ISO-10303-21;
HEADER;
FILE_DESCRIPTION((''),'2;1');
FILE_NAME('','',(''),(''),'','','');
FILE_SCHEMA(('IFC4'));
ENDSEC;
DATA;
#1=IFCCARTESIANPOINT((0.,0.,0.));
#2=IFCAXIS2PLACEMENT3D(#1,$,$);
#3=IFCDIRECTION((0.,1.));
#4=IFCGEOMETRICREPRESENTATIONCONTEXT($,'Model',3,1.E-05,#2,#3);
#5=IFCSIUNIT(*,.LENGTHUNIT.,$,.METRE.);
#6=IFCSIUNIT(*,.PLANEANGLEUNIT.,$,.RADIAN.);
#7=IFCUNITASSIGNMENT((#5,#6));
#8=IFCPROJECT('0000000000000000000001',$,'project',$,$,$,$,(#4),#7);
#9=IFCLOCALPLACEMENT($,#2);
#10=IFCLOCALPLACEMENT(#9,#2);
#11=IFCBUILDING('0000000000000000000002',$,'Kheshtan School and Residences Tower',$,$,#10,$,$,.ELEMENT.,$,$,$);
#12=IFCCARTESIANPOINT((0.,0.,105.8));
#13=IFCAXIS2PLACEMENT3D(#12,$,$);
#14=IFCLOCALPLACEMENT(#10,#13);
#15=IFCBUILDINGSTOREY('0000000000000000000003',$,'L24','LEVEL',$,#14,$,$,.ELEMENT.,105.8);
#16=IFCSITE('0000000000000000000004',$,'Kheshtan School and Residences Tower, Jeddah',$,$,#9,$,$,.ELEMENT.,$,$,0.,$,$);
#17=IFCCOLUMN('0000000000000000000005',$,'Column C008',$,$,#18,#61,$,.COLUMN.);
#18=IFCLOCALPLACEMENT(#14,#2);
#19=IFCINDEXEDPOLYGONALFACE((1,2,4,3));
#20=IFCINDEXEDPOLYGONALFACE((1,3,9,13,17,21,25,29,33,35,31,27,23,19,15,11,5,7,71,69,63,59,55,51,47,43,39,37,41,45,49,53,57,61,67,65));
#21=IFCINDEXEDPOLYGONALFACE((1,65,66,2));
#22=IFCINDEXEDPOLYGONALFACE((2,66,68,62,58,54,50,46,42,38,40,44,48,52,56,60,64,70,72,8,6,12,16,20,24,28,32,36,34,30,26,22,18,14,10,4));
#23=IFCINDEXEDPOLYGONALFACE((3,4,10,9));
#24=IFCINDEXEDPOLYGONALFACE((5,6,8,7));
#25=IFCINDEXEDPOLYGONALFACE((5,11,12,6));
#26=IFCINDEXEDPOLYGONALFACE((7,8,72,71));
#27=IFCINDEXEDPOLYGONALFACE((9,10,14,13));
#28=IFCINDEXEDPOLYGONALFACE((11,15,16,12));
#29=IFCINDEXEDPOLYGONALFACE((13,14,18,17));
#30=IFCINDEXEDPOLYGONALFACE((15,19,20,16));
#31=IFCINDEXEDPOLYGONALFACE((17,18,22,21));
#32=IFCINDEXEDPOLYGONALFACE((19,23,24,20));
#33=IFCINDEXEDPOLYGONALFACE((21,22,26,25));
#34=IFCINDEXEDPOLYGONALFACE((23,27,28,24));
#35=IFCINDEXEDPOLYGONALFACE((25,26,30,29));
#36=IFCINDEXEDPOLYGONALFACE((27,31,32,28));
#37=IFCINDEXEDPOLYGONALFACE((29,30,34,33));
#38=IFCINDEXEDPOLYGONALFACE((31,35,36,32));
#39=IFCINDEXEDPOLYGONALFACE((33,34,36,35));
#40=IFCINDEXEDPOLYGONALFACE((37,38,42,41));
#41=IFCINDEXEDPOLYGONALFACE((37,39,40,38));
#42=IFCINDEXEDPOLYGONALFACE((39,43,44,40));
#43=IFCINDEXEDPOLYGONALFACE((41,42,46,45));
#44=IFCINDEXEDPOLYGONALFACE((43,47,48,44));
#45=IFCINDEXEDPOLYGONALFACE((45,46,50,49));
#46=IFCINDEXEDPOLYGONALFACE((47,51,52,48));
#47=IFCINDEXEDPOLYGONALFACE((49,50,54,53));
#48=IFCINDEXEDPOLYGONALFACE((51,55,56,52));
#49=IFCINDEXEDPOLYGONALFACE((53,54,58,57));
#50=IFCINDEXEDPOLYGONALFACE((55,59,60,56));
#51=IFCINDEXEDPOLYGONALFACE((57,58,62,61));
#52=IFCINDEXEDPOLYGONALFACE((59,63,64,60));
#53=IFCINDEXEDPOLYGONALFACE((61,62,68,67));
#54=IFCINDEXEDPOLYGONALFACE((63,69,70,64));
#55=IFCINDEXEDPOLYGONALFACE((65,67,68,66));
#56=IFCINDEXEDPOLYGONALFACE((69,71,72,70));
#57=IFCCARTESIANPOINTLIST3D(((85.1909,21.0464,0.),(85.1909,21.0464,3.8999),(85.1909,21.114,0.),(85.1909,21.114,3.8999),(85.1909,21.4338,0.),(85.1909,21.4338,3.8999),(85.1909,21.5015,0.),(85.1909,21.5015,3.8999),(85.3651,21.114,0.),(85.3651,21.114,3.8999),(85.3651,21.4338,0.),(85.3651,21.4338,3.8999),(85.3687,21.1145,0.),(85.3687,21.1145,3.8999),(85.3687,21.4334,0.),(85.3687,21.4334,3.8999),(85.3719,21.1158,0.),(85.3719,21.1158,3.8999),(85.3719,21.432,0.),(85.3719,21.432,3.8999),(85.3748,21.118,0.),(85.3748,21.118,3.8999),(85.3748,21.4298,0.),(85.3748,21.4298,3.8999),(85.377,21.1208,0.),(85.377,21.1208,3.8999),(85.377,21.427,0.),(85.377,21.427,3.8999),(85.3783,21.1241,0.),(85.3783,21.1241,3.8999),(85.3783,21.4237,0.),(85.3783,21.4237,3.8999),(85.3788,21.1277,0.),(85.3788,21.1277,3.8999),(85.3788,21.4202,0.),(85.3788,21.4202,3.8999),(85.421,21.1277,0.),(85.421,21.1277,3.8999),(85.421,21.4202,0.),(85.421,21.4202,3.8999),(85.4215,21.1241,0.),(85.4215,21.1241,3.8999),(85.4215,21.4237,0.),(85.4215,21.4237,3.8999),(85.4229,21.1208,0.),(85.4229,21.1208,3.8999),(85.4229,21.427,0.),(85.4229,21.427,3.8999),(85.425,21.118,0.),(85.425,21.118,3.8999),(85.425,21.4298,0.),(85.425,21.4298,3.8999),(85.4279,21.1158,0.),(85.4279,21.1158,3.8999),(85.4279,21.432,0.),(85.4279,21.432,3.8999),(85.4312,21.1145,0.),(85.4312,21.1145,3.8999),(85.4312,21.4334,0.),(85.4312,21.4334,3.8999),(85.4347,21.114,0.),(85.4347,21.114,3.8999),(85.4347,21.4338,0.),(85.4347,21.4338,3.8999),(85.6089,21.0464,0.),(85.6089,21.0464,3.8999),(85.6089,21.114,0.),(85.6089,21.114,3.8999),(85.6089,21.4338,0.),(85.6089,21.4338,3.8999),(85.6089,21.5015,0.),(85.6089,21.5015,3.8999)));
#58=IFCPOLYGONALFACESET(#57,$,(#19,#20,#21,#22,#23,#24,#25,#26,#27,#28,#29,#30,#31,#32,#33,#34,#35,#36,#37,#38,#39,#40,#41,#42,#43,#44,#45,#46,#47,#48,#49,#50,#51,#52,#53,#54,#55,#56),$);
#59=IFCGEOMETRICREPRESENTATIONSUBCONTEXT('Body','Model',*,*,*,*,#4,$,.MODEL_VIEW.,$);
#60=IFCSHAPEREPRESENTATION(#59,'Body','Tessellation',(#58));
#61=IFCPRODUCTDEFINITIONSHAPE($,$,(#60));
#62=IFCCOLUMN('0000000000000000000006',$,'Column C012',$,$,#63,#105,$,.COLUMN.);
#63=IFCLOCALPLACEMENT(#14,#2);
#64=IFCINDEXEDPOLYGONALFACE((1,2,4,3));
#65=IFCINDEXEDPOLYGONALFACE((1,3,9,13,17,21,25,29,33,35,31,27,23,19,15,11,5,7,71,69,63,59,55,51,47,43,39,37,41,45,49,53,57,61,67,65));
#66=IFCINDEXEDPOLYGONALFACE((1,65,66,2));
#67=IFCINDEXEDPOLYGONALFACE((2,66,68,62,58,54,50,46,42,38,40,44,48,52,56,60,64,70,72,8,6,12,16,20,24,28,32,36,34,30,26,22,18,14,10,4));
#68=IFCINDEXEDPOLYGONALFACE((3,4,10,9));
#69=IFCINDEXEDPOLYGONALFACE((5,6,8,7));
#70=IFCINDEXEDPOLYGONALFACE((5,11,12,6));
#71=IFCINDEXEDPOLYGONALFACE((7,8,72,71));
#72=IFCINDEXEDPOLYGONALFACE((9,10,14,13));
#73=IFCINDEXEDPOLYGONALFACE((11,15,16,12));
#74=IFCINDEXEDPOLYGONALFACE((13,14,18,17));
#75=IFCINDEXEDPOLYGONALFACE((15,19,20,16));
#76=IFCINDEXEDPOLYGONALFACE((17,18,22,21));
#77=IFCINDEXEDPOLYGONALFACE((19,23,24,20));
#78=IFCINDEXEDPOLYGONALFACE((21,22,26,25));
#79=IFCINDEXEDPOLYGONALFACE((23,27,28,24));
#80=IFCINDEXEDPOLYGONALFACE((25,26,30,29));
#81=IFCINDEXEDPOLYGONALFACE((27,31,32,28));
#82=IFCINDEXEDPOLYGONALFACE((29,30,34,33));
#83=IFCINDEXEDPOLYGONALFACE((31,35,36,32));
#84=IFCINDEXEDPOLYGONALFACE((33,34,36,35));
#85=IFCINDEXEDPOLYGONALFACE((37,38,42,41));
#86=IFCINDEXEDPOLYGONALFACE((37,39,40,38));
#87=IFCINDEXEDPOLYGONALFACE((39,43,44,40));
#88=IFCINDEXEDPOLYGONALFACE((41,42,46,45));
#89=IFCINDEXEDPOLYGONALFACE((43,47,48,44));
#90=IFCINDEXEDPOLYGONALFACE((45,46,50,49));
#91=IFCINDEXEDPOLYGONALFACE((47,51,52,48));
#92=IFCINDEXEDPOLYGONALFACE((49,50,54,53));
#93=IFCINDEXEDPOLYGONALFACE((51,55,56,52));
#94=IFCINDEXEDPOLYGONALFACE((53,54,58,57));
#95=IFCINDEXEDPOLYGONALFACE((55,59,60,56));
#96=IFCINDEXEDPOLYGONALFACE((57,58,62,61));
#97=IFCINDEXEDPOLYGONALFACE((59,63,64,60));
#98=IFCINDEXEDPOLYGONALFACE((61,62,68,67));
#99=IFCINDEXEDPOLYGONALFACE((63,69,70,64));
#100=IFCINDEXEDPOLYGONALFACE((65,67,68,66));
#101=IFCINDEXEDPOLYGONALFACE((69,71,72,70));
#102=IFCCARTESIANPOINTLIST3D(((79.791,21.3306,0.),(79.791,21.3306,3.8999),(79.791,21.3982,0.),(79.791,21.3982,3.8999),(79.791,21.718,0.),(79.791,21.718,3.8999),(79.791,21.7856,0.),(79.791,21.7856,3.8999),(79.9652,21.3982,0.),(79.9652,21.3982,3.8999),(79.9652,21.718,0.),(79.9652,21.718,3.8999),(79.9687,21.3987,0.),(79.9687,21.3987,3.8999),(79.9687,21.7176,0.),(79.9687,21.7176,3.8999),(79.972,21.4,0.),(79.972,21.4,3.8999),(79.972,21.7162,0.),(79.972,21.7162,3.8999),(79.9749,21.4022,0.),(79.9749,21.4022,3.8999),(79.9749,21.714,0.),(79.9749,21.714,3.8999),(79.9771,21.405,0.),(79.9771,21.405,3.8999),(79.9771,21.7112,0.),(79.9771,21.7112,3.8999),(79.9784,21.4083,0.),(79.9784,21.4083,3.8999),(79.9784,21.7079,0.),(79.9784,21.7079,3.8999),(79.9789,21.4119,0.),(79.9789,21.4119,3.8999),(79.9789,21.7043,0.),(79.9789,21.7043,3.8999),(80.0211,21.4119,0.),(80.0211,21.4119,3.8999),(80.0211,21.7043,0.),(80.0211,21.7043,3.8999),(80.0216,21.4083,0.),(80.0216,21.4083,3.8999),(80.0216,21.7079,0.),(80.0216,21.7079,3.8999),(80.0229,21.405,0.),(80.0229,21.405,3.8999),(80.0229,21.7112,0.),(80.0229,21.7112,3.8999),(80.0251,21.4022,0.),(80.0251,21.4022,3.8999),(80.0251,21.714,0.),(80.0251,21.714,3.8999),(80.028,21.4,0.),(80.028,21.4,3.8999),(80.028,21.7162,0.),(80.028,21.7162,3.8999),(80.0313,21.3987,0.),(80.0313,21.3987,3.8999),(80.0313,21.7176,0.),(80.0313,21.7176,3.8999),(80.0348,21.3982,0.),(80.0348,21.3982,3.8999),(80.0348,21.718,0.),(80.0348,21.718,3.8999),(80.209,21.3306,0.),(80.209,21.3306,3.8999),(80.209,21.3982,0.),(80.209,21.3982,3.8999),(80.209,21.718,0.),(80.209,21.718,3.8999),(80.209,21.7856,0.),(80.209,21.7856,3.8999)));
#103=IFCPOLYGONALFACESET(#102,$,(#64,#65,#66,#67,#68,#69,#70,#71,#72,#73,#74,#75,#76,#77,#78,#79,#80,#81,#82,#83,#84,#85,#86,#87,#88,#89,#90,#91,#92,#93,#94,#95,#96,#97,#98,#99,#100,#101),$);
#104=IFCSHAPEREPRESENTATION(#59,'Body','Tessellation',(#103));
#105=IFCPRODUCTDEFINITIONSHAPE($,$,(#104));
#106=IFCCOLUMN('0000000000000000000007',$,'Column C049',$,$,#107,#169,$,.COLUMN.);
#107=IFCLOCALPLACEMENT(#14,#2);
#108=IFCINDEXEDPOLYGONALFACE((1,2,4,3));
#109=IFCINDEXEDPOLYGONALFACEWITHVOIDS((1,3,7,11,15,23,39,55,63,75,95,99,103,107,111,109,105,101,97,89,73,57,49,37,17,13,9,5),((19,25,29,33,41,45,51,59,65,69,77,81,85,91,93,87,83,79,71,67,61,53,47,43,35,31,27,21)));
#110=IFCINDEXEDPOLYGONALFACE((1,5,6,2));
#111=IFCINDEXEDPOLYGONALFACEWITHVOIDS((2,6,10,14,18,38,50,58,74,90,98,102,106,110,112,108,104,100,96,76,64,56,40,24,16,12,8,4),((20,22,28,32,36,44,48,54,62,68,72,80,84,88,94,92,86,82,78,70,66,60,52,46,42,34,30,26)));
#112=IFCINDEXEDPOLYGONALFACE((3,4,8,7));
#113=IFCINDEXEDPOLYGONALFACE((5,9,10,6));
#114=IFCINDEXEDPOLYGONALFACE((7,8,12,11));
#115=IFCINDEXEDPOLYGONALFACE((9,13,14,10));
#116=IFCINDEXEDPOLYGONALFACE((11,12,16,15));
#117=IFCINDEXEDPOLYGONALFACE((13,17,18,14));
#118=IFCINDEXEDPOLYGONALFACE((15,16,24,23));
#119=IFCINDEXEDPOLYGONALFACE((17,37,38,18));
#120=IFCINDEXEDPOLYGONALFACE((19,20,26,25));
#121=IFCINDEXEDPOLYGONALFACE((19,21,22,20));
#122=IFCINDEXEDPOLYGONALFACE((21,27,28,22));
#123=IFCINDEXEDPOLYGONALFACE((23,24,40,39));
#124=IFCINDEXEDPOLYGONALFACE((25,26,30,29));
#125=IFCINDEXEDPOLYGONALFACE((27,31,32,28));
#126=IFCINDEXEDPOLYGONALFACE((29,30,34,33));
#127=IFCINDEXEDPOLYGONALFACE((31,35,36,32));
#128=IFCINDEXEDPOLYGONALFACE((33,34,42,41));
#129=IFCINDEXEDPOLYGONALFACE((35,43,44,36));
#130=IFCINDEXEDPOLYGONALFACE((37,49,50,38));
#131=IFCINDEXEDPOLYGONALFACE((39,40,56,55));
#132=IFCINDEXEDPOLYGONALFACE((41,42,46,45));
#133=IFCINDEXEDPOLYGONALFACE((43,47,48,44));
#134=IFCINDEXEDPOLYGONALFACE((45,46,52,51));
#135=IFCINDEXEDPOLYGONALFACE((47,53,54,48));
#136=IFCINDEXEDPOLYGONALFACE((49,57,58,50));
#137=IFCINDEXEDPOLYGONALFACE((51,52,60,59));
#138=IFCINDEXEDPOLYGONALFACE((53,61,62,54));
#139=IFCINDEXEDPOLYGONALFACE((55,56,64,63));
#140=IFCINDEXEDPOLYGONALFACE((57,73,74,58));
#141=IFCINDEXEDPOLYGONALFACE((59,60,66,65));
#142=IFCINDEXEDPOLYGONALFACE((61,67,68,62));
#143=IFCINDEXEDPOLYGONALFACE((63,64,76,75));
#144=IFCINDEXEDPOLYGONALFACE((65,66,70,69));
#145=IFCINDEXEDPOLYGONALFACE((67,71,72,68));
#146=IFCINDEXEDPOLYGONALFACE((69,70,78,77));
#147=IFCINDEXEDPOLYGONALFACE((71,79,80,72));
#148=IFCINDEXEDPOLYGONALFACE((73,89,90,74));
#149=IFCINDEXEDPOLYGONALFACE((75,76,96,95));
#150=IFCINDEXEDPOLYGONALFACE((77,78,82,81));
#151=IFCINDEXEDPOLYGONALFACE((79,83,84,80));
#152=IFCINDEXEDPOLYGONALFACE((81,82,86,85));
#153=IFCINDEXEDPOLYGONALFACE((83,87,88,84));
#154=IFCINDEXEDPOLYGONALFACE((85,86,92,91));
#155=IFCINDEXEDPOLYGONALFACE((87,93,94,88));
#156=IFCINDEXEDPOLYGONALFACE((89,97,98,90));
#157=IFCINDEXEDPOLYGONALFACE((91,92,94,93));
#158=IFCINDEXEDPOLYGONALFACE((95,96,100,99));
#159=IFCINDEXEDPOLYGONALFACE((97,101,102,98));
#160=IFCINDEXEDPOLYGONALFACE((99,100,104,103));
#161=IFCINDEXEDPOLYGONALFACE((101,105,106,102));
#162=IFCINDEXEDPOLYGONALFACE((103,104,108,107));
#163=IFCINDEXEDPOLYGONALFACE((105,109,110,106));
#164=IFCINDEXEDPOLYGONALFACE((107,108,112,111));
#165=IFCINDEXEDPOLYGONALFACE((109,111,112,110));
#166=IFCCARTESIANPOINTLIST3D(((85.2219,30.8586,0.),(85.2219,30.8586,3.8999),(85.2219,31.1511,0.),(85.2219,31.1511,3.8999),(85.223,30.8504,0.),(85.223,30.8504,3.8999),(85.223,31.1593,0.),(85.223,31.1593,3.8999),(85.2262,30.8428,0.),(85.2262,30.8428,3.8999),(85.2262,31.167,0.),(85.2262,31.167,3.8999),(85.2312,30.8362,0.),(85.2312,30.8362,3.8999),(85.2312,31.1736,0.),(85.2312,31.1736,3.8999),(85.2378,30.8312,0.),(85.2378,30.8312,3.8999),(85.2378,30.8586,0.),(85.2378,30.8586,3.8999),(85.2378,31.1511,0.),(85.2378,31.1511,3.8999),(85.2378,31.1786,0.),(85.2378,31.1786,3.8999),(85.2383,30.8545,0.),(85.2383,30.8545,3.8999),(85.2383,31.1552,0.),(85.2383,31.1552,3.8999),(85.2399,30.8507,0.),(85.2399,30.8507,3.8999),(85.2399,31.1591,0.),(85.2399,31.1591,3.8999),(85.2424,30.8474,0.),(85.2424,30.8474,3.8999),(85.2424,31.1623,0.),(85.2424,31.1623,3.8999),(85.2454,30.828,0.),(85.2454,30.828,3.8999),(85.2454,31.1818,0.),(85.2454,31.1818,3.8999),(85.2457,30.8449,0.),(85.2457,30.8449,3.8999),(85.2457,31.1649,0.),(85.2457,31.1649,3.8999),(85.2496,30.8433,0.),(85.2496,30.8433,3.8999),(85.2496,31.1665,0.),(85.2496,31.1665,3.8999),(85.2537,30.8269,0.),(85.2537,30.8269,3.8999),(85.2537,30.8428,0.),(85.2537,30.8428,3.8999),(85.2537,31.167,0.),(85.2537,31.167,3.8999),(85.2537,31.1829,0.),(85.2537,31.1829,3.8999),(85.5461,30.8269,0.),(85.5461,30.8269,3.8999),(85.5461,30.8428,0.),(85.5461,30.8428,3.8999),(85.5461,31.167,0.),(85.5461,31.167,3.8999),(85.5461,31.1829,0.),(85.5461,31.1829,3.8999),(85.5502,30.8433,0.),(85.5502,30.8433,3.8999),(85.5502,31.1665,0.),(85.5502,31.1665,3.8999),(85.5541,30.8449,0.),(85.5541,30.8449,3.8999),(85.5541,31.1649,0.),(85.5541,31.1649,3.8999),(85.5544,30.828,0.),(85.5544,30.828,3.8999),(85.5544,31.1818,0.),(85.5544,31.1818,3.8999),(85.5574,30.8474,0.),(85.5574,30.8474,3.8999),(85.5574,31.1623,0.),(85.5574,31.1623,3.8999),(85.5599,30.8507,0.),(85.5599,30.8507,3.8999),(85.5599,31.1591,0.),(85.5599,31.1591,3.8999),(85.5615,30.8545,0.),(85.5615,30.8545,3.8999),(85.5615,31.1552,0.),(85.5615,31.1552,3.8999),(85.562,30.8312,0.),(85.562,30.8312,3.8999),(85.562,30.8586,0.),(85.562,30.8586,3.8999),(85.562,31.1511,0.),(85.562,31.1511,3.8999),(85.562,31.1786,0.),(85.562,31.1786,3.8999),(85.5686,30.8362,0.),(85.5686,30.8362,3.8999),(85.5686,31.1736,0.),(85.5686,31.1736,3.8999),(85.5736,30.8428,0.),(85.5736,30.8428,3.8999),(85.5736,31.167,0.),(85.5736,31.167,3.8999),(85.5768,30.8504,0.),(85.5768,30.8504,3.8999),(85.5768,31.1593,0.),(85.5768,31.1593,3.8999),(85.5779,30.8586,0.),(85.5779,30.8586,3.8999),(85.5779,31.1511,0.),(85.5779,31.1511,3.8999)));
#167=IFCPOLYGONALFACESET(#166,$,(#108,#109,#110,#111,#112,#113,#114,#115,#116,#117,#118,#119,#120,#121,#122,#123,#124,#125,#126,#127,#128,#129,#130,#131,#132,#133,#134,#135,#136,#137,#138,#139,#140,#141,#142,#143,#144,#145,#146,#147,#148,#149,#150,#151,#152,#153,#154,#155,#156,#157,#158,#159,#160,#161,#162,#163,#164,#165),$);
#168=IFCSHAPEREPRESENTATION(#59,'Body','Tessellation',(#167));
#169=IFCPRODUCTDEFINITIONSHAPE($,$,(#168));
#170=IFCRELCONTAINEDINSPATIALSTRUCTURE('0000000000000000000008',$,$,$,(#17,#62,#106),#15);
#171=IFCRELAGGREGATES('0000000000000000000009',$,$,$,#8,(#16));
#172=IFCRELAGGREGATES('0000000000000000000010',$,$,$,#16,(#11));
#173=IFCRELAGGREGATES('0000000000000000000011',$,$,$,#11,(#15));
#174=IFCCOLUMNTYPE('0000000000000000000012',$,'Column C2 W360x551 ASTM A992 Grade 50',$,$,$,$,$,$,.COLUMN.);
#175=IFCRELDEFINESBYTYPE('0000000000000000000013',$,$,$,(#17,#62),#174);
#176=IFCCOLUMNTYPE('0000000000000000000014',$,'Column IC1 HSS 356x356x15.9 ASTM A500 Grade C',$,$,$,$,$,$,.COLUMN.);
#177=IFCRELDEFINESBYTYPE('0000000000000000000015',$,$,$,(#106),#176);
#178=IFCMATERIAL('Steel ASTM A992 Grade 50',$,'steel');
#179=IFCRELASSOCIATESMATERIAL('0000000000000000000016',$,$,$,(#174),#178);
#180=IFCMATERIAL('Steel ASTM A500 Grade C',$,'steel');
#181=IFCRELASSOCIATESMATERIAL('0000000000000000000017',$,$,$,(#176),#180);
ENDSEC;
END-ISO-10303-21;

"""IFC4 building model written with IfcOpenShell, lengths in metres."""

from ifc_helpers import new_model, si_unit, direction, frame, origin, origin_2d, place, context, subcontext, project, spatial, hollow_rectangle, i_section, extrude, material, material_profile, profile_set, type_object, element, save


model = new_model("IFC4")

# Units and contexts
model_context = context("Model", 3, precision=1e-05, world=origin(), true_north=direction((0.0, 1.0)))
body_context = subcontext(model_context, "Body", "Model", "MODEL_VIEW")
ifc_project = project(units=[si_unit("LENGTHUNIT", "METRE"), si_unit("PLANEANGLEUNIT", "RADIAN")], contexts=[model_context])

# Site, building, storey
site_placement = place(None, origin())
site = spatial("IfcSite", under=ifc_project, at=site_placement, Name="Kheshtan School and Residences Tower, Jeddah", CompositionType="ELEMENT", RefElevation=0.0)
building_placement = place(site_placement, origin())
building = spatial("IfcBuilding", under=site, at=building_placement, Name="Kheshtan School and Residences Tower", CompositionType="ELEMENT")
storey_placement = place(building_placement, frame((0.0, 0.0, 105.8)))
storey = spatial("IfcBuildingStorey", under=building, at=storey_placement, Name="L24", Description="LEVEL", CompositionType="ELEMENT", Elevation=105.8)

# Columns
ifc_material_1 = material(Name="Steel ASTM A992 Grade 50", Category="steel")
ifc_material_profile_1 = material_profile(ifc_material_1, i_section(OverallWidth=0.418, OverallDepth=0.4551, WebThickness=0.0422, FlangeThickness=0.0676, FilletRadius=0.0137, at=origin_2d()), Name="W360x551")
ifc_profile_set_1 = profile_set([ifc_material_profile_1], Name="Steel ASTM A992 Grade 50")
column_type_1 = type_object("IfcColumnType", Name="Column C2 W360x551 ASTM A992 Grade 50", PredefinedType="COLUMN", material=ifc_profile_set_1)
for number, where, z_axis, x_axis, name in (
    (1, (85.3999, 21.2739, 0.0), (0.0, 0.0, 1.0), (1.0, 0.0, 0.0), "Column C008"),
    (2, (80.0, 21.5581, 0.0), (0.0, 0.0, 1.0), (1.0, 0.0, 0.0), "Column C012"),
):
    element("IfcColumn", number, at=place(storey_placement, frame(where, z_axis=z_axis, x_axis=x_axis)), inside=storey, type_object=column_type_1, Name=name, PredefinedType="COLUMN", context=body_context, shape_type="SweptSolid", body=[
        extrude(i_section(OverallWidth=0.418, OverallDepth=0.4551, WebThickness=0.0422, FlangeThickness=0.0676, FilletRadius=0.0137, at=origin_2d()), origin(), (0.0, 0.0, 1.0), 3.8999),
    ])
ifc_material_2 = material(Name="Steel ASTM A500 Grade C", Category="steel")
ifc_material_profile_2 = material_profile(ifc_material_2, hollow_rectangle(XDim=0.356, YDim=0.356, WallThickness=0.0159, InnerFilletRadius=0.0159, OuterFilletRadius=0.0317, at=origin_2d()), Name="HSS 356x356x15.9")
ifc_profile_set_2 = profile_set([ifc_material_profile_2], Name="Steel ASTM A500 Grade C")
column_type_2 = type_object("IfcColumnType", Name="Column IC1 HSS 356x356x15.9 ASTM A500 Grade C", PredefinedType="COLUMN", material=ifc_profile_set_2)
column_placement = place(storey_placement, frame((85.3999, 31.0049, 0.0), z_axis=(0.0, 0.0, 1.0), x_axis=(1.0, 0.0, 0.0)))
element("IfcColumn", 3, at=column_placement, inside=storey, type_object=column_type_2, Name="Column C049", PredefinedType="COLUMN", context=body_context, shape_type="SweptSolid", body=[
    extrude(hollow_rectangle(XDim=0.356, YDim=0.356, WallThickness=0.0159, InnerFilletRadius=0.0159, OuterFilletRadius=0.0317, at=origin_2d()), origin(), (0.0, 0.0, 1.0), 3.8999),
])

save(model, "model.ifc")
